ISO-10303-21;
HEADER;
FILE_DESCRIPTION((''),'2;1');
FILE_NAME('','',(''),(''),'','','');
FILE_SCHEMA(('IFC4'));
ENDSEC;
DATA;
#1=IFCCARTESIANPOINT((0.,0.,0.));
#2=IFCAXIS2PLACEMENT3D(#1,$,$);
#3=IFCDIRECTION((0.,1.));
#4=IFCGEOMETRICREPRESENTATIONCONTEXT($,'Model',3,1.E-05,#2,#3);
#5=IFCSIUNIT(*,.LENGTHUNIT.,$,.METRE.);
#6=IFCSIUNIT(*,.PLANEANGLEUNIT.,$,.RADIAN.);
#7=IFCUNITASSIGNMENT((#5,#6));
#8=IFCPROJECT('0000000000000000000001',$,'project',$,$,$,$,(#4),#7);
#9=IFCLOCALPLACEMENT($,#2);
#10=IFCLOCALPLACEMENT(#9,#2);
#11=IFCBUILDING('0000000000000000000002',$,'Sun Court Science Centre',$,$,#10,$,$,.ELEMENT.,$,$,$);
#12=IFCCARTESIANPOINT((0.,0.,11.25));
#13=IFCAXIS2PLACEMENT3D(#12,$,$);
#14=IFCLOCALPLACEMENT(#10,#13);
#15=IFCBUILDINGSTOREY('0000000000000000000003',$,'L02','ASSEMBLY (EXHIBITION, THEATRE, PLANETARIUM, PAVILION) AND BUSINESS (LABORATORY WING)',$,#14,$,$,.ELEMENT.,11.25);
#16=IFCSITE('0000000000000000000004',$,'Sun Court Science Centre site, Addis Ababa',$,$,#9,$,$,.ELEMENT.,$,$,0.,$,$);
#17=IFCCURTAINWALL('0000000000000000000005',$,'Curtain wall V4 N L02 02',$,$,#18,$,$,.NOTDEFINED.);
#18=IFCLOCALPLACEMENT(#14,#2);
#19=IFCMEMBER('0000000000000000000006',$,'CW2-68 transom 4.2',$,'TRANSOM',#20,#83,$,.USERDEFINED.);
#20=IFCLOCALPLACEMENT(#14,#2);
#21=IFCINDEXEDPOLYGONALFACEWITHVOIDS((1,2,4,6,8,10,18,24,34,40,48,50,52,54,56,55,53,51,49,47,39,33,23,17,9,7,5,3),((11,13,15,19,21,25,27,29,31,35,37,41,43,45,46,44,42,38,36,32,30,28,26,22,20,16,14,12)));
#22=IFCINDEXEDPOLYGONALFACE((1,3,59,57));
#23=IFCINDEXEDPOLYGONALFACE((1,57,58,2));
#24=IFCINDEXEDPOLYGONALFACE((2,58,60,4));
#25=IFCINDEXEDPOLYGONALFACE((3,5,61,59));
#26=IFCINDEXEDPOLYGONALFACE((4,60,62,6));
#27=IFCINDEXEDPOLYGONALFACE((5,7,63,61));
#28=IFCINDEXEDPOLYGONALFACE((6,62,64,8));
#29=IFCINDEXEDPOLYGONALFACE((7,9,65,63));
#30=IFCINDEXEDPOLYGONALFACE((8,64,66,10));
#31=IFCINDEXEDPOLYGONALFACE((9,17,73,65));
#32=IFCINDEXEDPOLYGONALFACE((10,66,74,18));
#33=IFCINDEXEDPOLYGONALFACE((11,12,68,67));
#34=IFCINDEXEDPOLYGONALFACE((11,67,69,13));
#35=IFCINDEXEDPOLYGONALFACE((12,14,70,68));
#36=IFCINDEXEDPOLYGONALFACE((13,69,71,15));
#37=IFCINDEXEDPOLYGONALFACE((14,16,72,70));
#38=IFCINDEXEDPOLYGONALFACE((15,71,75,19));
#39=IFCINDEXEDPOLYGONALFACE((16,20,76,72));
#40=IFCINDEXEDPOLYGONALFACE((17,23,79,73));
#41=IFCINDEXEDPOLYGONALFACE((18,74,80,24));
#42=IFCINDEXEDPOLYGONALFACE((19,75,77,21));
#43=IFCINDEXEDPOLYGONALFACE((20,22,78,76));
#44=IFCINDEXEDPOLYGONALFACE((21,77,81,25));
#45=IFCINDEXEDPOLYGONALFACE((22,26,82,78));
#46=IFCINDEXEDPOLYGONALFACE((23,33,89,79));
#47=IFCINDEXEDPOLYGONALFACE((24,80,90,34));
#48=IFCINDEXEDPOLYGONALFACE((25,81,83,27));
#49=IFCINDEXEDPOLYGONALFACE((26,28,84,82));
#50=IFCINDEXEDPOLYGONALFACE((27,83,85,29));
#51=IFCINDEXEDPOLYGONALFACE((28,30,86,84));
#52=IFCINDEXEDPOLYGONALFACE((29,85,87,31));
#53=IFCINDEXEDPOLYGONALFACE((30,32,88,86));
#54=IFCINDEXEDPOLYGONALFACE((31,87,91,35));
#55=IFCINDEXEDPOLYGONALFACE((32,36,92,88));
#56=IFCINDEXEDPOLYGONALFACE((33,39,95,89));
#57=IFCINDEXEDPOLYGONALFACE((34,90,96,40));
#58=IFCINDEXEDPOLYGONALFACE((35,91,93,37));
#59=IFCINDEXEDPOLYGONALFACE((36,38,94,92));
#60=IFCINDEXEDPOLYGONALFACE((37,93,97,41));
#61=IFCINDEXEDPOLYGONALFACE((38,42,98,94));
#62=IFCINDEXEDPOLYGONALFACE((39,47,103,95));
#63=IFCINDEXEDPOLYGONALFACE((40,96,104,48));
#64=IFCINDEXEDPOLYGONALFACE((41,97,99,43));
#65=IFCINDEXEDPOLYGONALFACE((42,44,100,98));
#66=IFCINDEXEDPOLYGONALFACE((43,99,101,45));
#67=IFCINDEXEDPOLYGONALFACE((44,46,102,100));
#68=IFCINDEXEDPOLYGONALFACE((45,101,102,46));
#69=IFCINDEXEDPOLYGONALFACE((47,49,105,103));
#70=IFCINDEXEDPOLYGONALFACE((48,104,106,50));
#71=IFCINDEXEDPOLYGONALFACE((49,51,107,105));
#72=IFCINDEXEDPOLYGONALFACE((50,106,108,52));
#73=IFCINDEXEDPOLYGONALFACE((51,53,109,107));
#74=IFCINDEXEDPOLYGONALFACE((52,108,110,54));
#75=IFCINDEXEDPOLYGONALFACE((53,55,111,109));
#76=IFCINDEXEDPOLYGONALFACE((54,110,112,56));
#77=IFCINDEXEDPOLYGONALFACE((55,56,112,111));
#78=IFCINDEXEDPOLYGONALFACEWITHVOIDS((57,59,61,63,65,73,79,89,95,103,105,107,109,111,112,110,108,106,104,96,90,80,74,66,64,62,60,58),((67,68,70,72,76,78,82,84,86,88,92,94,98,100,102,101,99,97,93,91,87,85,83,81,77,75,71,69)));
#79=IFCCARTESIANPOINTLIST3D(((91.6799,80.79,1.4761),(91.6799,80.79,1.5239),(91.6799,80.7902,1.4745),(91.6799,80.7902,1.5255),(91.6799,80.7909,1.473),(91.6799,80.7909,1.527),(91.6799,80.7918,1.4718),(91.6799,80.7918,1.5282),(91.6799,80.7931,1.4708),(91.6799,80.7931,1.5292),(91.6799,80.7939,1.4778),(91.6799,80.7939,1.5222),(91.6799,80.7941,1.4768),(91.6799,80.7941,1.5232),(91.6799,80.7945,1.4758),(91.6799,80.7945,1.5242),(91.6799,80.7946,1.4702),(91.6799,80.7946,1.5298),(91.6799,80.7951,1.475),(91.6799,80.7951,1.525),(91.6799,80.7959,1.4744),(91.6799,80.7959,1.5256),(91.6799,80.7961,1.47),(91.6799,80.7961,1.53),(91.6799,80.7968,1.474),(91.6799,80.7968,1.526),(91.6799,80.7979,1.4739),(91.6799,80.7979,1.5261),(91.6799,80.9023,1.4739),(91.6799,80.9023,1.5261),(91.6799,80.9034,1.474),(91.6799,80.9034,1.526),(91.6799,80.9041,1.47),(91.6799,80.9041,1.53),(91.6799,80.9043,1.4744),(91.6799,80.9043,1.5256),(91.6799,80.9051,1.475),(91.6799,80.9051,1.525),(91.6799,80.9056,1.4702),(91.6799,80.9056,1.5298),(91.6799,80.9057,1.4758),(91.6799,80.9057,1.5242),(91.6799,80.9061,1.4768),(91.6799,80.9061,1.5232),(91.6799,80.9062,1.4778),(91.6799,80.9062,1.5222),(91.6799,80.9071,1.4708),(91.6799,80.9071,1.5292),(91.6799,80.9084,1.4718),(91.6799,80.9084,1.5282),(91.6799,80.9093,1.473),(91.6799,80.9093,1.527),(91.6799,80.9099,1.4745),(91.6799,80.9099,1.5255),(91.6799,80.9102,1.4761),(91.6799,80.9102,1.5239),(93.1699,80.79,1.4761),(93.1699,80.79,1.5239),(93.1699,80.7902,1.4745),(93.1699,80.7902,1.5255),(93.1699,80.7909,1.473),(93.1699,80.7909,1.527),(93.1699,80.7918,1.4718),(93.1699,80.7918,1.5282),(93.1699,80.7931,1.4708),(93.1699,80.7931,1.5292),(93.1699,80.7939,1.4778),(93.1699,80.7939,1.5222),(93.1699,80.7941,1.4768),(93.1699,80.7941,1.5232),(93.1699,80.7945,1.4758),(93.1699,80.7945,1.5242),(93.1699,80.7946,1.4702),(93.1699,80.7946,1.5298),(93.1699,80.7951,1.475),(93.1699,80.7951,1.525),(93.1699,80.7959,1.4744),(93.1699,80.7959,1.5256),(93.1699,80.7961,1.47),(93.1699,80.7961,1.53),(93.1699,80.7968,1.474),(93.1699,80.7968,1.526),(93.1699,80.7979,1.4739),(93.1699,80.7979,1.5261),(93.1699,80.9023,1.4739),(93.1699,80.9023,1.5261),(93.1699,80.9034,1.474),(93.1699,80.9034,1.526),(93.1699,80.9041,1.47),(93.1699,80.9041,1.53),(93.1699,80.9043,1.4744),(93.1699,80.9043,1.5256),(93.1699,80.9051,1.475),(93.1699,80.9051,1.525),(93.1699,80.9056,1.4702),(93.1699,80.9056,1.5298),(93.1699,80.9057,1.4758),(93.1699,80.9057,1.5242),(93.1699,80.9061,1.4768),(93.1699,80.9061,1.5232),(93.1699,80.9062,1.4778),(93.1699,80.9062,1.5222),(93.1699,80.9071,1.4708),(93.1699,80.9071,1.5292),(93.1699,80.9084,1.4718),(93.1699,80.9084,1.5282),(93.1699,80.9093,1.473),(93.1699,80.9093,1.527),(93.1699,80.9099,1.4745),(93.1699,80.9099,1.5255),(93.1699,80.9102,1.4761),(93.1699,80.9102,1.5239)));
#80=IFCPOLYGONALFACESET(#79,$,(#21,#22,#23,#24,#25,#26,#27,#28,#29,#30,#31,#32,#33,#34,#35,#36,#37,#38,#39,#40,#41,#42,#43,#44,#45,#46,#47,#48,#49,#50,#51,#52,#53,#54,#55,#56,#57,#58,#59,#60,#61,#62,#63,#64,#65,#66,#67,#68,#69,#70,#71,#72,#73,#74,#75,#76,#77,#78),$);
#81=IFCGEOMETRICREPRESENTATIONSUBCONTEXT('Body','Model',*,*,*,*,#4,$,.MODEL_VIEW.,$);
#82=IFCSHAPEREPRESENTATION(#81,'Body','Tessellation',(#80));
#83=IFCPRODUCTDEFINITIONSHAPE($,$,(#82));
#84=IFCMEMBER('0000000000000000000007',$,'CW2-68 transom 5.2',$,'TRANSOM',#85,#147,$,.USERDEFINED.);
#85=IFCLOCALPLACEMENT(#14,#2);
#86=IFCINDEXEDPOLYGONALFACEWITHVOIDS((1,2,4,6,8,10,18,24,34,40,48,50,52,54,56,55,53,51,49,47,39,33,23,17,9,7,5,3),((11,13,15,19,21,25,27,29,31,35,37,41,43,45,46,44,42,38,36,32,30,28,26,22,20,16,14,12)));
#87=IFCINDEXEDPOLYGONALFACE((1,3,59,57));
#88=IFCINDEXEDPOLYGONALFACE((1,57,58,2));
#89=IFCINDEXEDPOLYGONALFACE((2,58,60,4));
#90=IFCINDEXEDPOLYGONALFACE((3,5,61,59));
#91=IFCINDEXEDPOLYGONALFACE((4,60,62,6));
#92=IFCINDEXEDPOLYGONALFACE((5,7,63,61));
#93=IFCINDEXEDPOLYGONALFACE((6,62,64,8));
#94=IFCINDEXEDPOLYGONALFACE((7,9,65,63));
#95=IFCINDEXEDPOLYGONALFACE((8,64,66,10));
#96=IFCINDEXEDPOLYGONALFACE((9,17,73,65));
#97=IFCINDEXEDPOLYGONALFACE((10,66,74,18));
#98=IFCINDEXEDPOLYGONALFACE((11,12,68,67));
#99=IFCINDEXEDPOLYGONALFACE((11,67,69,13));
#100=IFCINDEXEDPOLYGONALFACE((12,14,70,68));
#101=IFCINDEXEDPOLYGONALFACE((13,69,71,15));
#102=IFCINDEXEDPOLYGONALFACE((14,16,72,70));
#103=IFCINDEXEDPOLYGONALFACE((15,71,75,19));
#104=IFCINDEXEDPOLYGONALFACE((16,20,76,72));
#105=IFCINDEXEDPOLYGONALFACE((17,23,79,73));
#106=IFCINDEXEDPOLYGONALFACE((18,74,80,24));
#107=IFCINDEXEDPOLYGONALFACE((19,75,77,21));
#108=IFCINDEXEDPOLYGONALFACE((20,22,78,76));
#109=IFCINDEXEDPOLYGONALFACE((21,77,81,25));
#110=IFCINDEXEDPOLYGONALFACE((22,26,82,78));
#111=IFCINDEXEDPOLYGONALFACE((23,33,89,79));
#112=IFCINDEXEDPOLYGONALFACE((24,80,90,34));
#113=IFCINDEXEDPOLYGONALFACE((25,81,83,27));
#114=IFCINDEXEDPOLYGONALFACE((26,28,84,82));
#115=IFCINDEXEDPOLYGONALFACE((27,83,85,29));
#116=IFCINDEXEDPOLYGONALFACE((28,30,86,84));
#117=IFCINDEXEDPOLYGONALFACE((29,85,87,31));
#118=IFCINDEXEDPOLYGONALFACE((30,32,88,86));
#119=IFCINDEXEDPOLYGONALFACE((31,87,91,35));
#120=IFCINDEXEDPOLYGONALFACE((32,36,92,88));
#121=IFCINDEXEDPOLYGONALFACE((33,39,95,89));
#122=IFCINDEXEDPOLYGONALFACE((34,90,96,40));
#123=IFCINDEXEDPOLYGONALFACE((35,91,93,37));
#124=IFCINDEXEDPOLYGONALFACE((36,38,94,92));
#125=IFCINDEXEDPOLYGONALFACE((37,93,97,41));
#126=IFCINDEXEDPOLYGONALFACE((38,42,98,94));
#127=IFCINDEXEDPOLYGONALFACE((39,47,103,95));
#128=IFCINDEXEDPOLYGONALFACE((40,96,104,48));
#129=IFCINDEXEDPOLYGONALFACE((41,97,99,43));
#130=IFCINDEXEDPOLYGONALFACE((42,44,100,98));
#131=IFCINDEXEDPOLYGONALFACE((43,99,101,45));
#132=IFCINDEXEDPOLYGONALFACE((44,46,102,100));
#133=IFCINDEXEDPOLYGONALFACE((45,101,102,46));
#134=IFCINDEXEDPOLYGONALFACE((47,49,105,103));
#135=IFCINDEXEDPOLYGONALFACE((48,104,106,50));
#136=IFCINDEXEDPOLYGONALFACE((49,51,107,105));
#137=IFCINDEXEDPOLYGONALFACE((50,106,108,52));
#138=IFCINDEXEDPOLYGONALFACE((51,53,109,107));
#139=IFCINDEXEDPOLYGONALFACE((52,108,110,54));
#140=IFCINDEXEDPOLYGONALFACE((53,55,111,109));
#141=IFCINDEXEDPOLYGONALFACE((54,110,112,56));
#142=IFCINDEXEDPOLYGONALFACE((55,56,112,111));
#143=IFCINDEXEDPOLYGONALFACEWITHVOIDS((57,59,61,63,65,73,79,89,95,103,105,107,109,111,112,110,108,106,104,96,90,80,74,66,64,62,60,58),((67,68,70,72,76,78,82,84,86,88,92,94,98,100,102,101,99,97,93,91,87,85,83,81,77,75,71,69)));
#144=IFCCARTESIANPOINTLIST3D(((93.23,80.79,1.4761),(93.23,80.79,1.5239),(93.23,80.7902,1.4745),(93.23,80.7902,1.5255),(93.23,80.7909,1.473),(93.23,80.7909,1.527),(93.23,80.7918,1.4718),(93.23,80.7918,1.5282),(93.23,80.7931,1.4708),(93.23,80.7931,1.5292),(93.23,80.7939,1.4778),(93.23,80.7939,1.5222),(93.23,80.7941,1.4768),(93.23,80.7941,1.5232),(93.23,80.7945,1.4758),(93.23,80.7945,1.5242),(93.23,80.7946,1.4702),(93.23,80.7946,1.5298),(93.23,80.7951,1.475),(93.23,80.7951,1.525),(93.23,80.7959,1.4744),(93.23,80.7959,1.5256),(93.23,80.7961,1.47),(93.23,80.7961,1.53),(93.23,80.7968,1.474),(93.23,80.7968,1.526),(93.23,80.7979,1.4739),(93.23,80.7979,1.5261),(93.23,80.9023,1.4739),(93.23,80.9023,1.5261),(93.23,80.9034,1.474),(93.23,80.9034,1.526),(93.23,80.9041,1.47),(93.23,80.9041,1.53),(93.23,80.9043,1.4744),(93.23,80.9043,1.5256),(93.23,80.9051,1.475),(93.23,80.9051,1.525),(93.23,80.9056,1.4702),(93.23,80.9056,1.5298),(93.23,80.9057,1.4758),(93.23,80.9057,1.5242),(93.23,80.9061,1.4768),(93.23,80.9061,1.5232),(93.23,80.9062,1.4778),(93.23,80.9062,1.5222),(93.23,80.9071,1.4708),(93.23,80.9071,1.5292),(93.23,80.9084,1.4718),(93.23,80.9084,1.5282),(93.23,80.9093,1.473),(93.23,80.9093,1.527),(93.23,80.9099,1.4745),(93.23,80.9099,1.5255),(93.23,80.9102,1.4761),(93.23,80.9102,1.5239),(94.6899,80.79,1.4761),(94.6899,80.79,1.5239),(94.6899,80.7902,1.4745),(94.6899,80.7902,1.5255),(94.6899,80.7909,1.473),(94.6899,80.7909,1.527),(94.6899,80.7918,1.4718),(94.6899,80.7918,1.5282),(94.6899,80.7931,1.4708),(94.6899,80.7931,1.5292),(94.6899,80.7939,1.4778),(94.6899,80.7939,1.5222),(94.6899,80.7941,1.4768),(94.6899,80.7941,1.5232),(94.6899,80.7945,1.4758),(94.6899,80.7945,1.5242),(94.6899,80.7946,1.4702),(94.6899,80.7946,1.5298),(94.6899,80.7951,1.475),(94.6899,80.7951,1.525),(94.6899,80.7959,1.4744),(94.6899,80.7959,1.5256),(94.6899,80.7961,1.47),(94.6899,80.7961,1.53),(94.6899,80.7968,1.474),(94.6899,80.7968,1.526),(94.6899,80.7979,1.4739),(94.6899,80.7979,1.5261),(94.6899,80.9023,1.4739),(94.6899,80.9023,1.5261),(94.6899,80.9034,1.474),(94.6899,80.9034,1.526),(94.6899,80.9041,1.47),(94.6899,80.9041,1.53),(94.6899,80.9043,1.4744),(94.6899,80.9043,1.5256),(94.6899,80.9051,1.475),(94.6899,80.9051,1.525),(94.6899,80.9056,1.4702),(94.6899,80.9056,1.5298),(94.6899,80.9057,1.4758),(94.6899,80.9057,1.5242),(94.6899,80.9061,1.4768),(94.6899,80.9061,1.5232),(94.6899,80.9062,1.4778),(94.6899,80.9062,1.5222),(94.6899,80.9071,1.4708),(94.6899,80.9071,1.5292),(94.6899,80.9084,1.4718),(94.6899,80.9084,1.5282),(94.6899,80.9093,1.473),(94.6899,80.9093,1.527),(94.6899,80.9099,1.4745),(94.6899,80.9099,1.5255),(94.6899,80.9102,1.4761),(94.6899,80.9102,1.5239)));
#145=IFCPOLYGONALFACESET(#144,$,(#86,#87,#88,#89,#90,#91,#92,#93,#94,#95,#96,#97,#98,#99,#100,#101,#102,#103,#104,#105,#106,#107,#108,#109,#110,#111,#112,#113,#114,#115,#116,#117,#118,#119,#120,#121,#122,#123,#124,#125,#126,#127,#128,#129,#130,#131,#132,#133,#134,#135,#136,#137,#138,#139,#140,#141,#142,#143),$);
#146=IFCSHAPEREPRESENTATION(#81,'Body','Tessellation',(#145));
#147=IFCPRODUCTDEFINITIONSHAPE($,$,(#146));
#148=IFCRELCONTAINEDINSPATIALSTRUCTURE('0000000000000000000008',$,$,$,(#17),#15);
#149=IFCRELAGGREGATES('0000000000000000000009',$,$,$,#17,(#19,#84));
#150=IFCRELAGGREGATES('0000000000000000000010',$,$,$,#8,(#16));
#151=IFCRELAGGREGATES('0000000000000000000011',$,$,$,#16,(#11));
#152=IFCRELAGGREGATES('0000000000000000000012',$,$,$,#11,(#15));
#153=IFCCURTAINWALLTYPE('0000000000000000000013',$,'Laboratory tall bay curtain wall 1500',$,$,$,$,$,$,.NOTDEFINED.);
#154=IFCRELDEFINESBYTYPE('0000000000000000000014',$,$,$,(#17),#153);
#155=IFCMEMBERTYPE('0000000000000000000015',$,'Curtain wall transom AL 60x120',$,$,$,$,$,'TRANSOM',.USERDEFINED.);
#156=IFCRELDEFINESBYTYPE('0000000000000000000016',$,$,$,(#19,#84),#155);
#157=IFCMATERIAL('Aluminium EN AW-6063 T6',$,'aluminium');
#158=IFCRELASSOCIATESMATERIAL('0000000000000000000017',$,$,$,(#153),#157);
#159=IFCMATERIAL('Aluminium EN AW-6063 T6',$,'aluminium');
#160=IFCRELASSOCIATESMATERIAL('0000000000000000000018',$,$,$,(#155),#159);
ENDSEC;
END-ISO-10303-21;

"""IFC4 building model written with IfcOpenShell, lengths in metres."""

from ifc_helpers import new_model, si_unit, direction, frame, origin, origin_2d, place, context, subcontext, project, spatial, hollow_rectangle, extrude, material, material_profile, profile_set, type_object, element, aggregate, save


model = new_model("IFC4")

# Units and contexts
model_context = context("Model", 3, precision=1e-05, world=origin(), true_north=direction((0.0, 1.0)))
body_context = subcontext(model_context, "Body", "Model", "MODEL_VIEW")
ifc_project = project(units=[si_unit("LENGTHUNIT", "METRE"), si_unit("PLANEANGLEUNIT", "RADIAN")], contexts=[model_context])

# Site, building, storey
site_placement = place(None, origin())
site = spatial("IfcSite", under=ifc_project, at=site_placement, Name="Sun Court Science Centre site, Addis Ababa", CompositionType="ELEMENT", RefElevation=0.0)
building_placement = place(site_placement, origin())
building = spatial("IfcBuilding", under=site, at=building_placement, Name="Sun Court Science Centre", CompositionType="ELEMENT")
storey_placement = place(building_placement, frame((0.0, 0.0, 11.25)))
storey = spatial("IfcBuildingStorey", under=building, at=storey_placement, Name="L02", Description="ASSEMBLY (EXHIBITION, THEATRE, PLANETARIUM, PAVILION) AND BUSINESS (LABORATORY WING)", CompositionType="ELEMENT", Elevation=11.25)

# Curtain wall, members
ifc_material_1 = material(Name="Aluminium EN AW-6063 T6", Category="aluminium")
curtain_wall_type = type_object("IfcCurtainWallType", Name="Laboratory tall bay curtain wall 1500", PredefinedType="NOTDEFINED", material=ifc_material_1)
curtain_wall_placement = place(storey_placement, origin())
curtain_wall = element("IfcCurtainWall", 1, at=curtain_wall_placement, inside=storey, type_object=curtain_wall_type, Name="Curtain wall V4 N L02 02", PredefinedType="NOTDEFINED")
ifc_material_2 = material(Name="Aluminium EN AW-6063 T6", Category="aluminium")
ifc_material_profile_1 = material_profile(ifc_material_2, hollow_rectangle(XDim=0.0601, YDim=0.1201, WallThickness=0.0039, InnerFilletRadius=0.0039, OuterFilletRadius=0.0061, at=origin_2d()), Name="AL 60x120x4")
ifc_profile_set_1 = profile_set([ifc_material_profile_1], Name="Aluminium EN AW-6063 T6")
member_type_1 = type_object("IfcMemberType", Name="Curtain wall transom AL 60x120", ElementType="TRANSOM", PredefinedType="USERDEFINED", material=ifc_profile_set_1)
member_1_placement = place(storey_placement, frame((91.6799, 80.8501, 1.5), z_axis=(1.0, 0.0, 0.0), x_axis=(0.0, 0.0, 1.0)))
member_1 = element("IfcMember", 2, at=member_1_placement, type_object=member_type_1, Name="CW2-68 transom 4.2", ObjectType="TRANSOM", PredefinedType="USERDEFINED", context=body_context, shape_type="SweptSolid", body=[
    extrude(hollow_rectangle(XDim=0.0601, YDim=0.1201, WallThickness=0.0039, InnerFilletRadius=0.0039, OuterFilletRadius=0.0061, at=origin_2d()), origin(), (0.0, 0.0, 1.0), 1.49),
])
member_2_placement = place(storey_placement, frame((93.23, 80.8501, 1.5), z_axis=(1.0, 0.0, 0.0), x_axis=(0.0, 0.0, 1.0)))
member_2 = element("IfcMember", 3, at=member_2_placement, type_object=member_type_1, Name="CW2-68 transom 5.2", ObjectType="TRANSOM", PredefinedType="USERDEFINED", context=body_context, shape_type="SweptSolid", body=[
    extrude(hollow_rectangle(XDim=0.0601, YDim=0.1201, WallThickness=0.0039, InnerFilletRadius=0.0039, OuterFilletRadius=0.0061, at=origin_2d()), origin(), (0.0, 0.0, 1.0), 1.46),
])
aggregate(curtain_wall, [member_1, member_2])

save(model, "model.ifc")
